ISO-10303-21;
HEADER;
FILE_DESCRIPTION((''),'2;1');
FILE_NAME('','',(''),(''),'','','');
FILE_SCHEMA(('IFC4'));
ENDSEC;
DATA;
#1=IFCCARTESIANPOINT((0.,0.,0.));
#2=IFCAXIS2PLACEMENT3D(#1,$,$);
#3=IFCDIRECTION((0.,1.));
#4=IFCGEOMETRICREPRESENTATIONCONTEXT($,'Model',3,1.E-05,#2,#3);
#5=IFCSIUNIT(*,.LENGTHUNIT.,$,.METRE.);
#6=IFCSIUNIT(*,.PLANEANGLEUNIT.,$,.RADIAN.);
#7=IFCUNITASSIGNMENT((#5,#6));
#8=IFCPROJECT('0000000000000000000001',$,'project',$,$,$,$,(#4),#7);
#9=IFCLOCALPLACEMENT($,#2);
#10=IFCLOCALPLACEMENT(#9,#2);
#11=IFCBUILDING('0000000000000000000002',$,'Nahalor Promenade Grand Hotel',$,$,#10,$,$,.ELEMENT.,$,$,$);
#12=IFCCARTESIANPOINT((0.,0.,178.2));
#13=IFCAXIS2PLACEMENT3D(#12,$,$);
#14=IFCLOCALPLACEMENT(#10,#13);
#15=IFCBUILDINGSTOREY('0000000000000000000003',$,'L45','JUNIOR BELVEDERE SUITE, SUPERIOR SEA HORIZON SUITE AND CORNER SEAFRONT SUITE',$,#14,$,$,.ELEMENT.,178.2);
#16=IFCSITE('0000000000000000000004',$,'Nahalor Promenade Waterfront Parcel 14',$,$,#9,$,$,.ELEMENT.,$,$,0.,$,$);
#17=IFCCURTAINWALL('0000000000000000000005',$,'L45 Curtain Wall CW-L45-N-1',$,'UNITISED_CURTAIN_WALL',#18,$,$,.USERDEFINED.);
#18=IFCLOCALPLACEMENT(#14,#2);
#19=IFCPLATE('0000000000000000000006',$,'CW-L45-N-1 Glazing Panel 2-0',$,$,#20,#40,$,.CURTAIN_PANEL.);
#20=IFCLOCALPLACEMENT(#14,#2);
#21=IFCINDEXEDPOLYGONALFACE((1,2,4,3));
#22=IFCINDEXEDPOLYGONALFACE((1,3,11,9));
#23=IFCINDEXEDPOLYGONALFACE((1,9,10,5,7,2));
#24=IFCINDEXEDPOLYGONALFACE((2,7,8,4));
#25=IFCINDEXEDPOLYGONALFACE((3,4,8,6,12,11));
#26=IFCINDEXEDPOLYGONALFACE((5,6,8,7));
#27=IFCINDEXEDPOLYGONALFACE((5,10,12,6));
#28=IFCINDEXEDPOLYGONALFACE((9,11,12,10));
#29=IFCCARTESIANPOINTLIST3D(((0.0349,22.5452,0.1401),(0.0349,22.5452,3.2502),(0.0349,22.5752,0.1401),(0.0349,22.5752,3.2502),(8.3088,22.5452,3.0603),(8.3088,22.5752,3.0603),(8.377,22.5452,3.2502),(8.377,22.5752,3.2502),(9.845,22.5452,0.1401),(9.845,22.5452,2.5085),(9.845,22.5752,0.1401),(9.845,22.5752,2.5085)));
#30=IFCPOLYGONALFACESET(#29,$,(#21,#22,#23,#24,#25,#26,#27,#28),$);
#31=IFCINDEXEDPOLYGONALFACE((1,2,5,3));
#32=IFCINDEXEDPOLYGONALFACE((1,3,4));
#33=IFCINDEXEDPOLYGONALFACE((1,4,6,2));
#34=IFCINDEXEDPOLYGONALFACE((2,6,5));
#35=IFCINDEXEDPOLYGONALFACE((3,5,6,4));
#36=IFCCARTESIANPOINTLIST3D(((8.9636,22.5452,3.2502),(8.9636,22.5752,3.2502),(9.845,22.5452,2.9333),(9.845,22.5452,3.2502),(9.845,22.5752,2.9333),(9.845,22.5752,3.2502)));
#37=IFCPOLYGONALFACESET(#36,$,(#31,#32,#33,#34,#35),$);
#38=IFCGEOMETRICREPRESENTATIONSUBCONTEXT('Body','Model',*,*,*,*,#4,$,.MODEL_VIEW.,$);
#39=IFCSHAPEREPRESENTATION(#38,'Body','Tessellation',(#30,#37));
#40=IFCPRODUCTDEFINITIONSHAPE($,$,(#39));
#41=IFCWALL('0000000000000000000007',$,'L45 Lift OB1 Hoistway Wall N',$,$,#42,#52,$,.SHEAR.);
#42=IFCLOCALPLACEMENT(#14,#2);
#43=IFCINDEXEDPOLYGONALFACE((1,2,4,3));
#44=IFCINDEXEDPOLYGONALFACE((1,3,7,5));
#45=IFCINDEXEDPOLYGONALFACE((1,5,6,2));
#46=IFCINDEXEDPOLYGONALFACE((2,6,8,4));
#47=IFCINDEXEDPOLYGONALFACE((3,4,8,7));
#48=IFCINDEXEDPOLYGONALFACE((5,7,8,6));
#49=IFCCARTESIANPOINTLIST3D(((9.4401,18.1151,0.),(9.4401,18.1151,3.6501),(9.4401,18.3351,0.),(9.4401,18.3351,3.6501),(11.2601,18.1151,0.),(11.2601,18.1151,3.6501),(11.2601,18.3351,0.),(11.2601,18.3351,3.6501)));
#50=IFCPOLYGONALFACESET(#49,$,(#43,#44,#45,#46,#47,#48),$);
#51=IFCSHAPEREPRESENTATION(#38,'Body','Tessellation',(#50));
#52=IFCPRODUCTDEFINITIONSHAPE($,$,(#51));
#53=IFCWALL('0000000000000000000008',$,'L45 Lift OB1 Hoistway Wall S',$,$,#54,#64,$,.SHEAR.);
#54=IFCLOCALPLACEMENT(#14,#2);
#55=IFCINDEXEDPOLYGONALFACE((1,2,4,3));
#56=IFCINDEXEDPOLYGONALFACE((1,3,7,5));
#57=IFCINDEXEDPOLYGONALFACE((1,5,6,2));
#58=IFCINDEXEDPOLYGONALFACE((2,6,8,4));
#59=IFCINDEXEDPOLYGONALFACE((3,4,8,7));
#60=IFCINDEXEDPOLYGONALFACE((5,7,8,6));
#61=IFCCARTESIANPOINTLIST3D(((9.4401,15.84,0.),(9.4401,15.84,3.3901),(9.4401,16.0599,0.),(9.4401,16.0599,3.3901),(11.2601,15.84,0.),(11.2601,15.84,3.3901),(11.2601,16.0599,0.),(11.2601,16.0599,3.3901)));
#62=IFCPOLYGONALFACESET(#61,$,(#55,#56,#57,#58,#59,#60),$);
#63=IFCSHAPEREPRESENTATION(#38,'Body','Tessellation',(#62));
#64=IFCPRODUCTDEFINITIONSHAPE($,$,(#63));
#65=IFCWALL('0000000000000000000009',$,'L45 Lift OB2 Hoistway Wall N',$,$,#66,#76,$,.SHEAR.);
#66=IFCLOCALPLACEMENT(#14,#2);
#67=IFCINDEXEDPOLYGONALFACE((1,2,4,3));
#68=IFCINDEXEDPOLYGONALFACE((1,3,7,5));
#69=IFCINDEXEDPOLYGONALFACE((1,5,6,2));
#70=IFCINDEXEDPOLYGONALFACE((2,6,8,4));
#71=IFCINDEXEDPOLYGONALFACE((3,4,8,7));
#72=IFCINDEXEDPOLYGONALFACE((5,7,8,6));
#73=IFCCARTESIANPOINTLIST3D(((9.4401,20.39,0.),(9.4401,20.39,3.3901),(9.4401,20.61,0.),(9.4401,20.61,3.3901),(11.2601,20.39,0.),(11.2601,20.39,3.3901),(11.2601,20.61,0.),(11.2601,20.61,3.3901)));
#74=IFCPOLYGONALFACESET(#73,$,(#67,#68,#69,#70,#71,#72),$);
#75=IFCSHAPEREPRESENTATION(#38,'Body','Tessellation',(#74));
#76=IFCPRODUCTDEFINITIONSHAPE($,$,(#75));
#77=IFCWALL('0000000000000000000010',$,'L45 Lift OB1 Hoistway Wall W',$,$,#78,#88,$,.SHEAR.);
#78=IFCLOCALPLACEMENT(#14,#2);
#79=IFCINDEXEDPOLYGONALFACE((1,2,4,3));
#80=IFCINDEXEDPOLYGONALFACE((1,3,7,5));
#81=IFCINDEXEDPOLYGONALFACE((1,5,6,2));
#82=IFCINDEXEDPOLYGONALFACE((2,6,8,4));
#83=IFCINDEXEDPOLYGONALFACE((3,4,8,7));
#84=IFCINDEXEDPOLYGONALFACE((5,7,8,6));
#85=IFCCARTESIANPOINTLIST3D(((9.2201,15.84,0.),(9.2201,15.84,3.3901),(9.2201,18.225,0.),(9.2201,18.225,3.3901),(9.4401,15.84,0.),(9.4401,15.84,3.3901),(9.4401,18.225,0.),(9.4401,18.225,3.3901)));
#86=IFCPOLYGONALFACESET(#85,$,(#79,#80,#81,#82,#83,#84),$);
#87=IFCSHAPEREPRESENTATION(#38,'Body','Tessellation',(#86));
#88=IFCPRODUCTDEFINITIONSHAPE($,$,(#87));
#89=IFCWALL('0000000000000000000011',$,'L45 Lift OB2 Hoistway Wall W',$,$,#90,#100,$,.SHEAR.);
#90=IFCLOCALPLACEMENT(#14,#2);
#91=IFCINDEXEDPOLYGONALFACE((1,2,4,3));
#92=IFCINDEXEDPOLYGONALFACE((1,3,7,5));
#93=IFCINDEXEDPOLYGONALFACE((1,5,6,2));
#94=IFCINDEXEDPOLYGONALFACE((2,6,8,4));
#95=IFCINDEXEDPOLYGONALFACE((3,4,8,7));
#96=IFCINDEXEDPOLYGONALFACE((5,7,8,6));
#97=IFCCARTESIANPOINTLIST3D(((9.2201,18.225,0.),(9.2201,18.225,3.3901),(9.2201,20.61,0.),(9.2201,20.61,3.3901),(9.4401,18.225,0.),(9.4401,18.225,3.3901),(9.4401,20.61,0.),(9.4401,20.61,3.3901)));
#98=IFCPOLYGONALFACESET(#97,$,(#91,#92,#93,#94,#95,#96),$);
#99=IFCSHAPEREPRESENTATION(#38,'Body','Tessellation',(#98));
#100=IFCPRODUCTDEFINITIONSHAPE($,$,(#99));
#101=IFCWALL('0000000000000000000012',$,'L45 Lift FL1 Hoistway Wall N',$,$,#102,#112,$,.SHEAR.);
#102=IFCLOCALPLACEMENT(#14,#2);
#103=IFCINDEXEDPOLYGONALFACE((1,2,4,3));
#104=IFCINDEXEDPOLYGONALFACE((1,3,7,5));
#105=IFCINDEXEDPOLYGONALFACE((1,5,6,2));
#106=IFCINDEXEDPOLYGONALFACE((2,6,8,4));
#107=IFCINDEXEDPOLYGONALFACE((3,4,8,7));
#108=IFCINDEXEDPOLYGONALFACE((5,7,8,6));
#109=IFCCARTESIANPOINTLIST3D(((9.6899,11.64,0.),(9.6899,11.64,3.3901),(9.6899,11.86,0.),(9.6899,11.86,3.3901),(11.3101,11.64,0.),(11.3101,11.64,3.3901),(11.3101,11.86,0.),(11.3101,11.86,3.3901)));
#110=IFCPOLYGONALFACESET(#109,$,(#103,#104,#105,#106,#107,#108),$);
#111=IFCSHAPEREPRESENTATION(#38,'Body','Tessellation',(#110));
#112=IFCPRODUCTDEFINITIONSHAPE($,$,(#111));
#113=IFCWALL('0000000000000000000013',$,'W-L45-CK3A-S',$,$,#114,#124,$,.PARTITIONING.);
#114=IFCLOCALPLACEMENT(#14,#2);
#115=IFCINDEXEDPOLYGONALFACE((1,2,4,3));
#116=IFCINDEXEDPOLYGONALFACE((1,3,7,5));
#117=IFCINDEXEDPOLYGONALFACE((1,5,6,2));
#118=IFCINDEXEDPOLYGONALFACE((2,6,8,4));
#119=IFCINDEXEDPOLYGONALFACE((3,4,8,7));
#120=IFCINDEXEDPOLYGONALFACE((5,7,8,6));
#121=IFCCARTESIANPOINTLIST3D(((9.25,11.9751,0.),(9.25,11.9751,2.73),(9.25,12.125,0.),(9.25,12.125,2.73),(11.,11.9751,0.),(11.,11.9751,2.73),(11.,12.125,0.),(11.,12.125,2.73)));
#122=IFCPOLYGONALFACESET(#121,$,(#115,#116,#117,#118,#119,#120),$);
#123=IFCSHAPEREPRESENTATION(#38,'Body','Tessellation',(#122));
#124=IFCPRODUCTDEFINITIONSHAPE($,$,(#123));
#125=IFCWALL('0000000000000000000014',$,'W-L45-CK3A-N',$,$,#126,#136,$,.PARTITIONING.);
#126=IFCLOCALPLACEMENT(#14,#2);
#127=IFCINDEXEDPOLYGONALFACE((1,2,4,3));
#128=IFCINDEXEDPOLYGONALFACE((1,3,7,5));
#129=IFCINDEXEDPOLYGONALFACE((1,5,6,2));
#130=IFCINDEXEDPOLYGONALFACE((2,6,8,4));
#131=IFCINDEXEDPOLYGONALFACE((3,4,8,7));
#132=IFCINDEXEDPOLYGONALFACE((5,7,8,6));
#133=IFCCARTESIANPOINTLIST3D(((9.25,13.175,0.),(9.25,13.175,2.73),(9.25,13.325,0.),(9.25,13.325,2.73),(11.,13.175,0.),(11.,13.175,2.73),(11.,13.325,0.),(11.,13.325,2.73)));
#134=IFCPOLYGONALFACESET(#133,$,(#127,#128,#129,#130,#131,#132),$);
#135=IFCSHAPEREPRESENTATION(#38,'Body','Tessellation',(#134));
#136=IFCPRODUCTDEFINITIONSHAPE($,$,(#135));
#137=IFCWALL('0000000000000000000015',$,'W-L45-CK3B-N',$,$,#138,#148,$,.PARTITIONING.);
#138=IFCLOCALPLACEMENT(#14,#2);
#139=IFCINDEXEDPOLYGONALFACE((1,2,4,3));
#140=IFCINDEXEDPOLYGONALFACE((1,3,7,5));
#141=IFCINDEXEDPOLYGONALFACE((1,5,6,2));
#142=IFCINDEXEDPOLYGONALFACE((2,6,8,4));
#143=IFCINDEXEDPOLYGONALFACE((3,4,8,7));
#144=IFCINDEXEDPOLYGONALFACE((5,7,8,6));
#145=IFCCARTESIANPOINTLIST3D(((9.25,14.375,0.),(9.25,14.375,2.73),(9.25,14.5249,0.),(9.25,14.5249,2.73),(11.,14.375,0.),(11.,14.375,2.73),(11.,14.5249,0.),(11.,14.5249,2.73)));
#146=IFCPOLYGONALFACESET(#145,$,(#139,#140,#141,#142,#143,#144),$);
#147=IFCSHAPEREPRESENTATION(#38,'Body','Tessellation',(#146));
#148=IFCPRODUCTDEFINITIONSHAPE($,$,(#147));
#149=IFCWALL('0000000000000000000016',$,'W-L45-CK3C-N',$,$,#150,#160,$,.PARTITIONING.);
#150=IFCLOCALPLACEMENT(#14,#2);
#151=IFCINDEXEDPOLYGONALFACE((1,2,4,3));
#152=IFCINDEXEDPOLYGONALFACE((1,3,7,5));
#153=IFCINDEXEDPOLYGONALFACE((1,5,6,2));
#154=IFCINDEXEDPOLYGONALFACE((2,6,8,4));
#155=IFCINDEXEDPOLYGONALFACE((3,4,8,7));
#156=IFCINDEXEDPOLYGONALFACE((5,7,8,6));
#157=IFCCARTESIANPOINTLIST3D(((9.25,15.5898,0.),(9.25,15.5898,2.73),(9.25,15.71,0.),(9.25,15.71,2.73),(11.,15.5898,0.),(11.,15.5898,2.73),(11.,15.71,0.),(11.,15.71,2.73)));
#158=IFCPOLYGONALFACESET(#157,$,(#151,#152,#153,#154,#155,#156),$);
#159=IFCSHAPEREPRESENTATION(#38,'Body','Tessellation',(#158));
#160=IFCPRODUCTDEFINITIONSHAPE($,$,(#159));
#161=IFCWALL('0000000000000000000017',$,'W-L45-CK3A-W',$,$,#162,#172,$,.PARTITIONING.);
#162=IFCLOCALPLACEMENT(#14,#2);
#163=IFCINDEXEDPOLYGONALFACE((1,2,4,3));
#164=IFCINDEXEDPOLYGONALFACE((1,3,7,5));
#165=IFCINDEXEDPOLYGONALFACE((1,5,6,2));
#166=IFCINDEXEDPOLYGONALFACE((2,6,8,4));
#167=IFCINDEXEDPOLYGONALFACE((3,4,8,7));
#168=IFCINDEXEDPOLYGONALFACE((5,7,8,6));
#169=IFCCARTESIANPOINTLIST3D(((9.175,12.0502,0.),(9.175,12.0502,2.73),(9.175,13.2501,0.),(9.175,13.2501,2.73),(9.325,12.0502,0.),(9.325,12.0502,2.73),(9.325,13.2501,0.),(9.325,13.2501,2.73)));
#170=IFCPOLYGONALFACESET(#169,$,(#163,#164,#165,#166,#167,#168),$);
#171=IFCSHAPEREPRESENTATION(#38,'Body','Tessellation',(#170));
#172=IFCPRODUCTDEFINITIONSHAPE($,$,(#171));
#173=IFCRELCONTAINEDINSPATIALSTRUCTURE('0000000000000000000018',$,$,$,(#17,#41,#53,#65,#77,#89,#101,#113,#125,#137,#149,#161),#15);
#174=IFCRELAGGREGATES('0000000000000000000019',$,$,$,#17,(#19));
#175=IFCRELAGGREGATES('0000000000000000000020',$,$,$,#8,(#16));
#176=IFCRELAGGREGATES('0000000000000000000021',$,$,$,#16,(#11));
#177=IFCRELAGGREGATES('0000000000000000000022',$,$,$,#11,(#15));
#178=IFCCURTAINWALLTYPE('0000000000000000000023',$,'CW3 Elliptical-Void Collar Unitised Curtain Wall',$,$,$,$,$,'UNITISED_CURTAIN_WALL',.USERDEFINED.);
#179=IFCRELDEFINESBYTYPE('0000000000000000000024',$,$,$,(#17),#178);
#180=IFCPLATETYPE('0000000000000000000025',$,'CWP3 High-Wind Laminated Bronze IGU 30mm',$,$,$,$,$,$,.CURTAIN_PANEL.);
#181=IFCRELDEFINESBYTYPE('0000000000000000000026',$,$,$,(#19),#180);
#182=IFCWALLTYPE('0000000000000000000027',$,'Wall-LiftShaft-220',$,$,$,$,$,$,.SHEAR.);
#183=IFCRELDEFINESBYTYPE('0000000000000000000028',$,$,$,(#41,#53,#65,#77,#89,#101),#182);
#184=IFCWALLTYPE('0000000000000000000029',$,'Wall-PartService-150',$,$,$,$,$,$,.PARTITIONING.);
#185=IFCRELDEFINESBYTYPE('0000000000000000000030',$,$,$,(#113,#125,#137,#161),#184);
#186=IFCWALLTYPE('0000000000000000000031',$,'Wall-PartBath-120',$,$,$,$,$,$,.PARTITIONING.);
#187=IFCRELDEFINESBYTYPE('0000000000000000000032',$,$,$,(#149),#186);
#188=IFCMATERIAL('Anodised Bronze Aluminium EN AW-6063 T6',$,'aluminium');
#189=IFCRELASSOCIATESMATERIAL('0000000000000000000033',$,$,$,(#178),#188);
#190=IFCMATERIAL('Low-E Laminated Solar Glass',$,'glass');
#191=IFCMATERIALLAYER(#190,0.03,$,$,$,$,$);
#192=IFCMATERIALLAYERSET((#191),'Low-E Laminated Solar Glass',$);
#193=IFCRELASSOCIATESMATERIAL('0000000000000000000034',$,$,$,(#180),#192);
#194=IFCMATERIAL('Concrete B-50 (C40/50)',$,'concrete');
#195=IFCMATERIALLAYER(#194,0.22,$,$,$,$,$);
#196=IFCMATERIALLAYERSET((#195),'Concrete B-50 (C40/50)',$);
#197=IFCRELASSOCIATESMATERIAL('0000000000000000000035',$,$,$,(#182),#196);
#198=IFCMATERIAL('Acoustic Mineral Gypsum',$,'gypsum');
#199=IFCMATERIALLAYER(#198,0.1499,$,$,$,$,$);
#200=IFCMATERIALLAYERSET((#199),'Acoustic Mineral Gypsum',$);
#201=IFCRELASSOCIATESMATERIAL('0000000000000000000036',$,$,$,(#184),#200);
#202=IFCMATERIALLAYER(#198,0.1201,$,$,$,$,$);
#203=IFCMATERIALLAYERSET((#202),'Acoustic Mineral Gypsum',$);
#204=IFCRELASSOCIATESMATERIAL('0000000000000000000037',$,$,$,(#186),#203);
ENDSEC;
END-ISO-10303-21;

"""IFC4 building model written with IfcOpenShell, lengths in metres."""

from ifc_helpers import new_model, si_unit, direction, frame, frame_2d, origin, place, context, subcontext, project, spatial, polyline, rectangle, outline, extrude, source, transform, mapped, material, layer, layer_set, type_object, element, aggregate, save


model = new_model("IFC4")

# Units and contexts
model_context = context("Model", 3, precision=1e-05, world=origin(), true_north=direction((0.0, 1.0)))
body_context = subcontext(model_context, "Body", "Model", "MODEL_VIEW")
ifc_project = project(units=[si_unit("LENGTHUNIT", "METRE"), si_unit("PLANEANGLEUNIT", "RADIAN")], contexts=[model_context])

# Site, building, storey
site_placement = place(None, origin())
site = spatial("IfcSite", under=ifc_project, at=site_placement, Name="Nahalor Promenade Waterfront Parcel 14", CompositionType="ELEMENT", RefElevation=0.0)
building_placement = place(site_placement, origin())
building = spatial("IfcBuilding", under=site, at=building_placement, Name="Nahalor Promenade Grand Hotel", CompositionType="ELEMENT")
storey_placement = place(building_placement, frame((0.0, 0.0, 178.2)))
storey = spatial("IfcBuildingStorey", under=building, at=storey_placement, Name="L45", Description="JUNIOR BELVEDERE SUITE, SUPERIOR SEA HORIZON SUITE AND CORNER SEAFRONT SUITE", CompositionType="ELEMENT", Elevation=178.2)

# Curtain wall, plate
ifc_material_1 = material(Name="Anodised Bronze Aluminium EN AW-6063 T6", Category="aluminium")
curtain_wall_type = type_object("IfcCurtainWallType", Name="CW3 Elliptical-Void Collar Unitised Curtain Wall", ElementType="UNITISED_CURTAIN_WALL", PredefinedType="USERDEFINED", material=ifc_material_1)
curtain_wall_placement = place(storey_placement, origin())
curtain_wall = element("IfcCurtainWall", 1, at=curtain_wall_placement, inside=storey, type_object=curtain_wall_type, Name="L45 Curtain Wall CW-L45-N-1", ObjectType="UNITISED_CURTAIN_WALL", PredefinedType="USERDEFINED")
ifc_material_2 = material(Name="Low-E Laminated Solar Glass", Category="glass")
ifc_layer_1 = layer(ifc_material_2, 0.03)
ifc_layer_set_1 = layer_set([ifc_layer_1], Name="Low-E Laminated Solar Glass")
plate_type = type_object("IfcPlateType", Name="CWP3 High-Wind Laminated Bronze IGU 30mm", PredefinedType="CURTAIN_PANEL", material=ifc_layer_set_1)
plate_placement = place(storey_placement, frame((4.9399, 22.5601, 0.1401), z_axis=(0.0, 0.0, 1.0), x_axis=(1.0, 0.0, 0.0)))
plate = element("IfcPlate", 2, at=plate_placement, type_object=plate_type, Name="CW-L45-N-1 Glazing Panel 2-0", PredefinedType="CURTAIN_PANEL", context=body_context, shape_type="SweptSolid", body=[
    extrude(outline(polyline([(-4.905, 0.0), (4.905, 0.0), (4.905, 2.3684), (3.3689, 2.9202), (3.437, 3.1101), (-4.905, 3.1101), (-4.905, 0.0)])), frame((0.0, 0.0151, 0.0), z_axis=(0.0, -1.0, 0.0), x_axis=(1.0, 0.0, 0.0)), (0.0, 0.0, 1.0), 0.03),
    extrude(outline(polyline([(4.905, 2.7932), (4.905, 3.1101), (4.0237, 3.1101), (4.905, 2.7932)])), frame((0.0, 0.0151, 0.0), z_axis=(0.0, -1.0, 0.0), x_axis=(1.0, 0.0, 0.0)), (0.0, 0.0, 1.0), 0.03),
])
aggregate(curtain_wall, [plate])

# Walls
ifc_material_3 = material(Name="Concrete B-50 (C40/50)", Category="concrete")
ifc_layer_2 = layer(ifc_material_3, 0.22)
ifc_layer_set_2 = layer_set([ifc_layer_2], Name="Concrete B-50 (C40/50)")
wall_type_1 = type_object("IfcWallType", Name="Wall-LiftShaft-220", PredefinedType="SHEAR", material=ifc_layer_set_2)
shared_shape_1 = source(origin(), body_context, "Body", "SweptSolid", [
    extrude(rectangle(XDim=1.8201, YDim=0.22, at=frame_2d((0.9102, 0.0))), origin(), (0.0, 0.0, 1.0), 3.6501),
])
wall_1_placement = place(storey_placement, frame((9.4399, 18.2251, 0.0), z_axis=(0.0, 0.0, 1.0), x_axis=(1.0, 0.0, 0.0)))
element("IfcWall", 3, at=wall_1_placement, inside=storey, type_object=wall_type_1, Name="L45 Lift OB1 Hoistway Wall N", PredefinedType="SHEAR", context=body_context, shape_type="MappedRepresentation", body=[
    mapped(shared_shape_1, transform((0.0, 0.0, 0.0), scale=1.0)),
])
shared_shape_2 = source(origin(), body_context, "Body", "SweptSolid", [
    extrude(rectangle(XDim=1.8201, YDim=0.22, at=frame_2d((0.9102, 0.0))), origin(), (0.0, 0.0, 1.0), 3.3901),
])
for number, where, z_axis, x_axis, name in (
    (4, (9.4399, 15.95, 0.0), (0.0, 0.0, 1.0), (1.0, 0.0, 0.0), "L45 Lift OB1 Hoistway Wall S"),
    (5, (9.4399, 20.5, 0.0), (0.0, 0.0, 1.0), (1.0, 0.0, 0.0), "L45 Lift OB2 Hoistway Wall N"),
):
    element("IfcWall", number, at=place(storey_placement, frame(where, z_axis=z_axis, x_axis=x_axis)), inside=storey, type_object=wall_type_1, Name=name, PredefinedType="SHEAR", context=body_context, shape_type="MappedRepresentation", body=[
        mapped(shared_shape_2, transform((0.0, 0.0, 0.0), scale=1.0)),
    ])
shared_shape_3 = source(origin(), body_context, "Body", "SweptSolid", [
    extrude(rectangle(XDim=2.385, YDim=0.22, at=frame_2d((1.1924, 0.0))), origin(), (0.0, 0.0, 1.0), 3.3901),
])
for number, where, z_axis, x_axis, name in (
    (6, (9.3301, 15.8401, 0.0), (0.0, 0.0, 1.0), (0.0, 1.0, 0.0), "L45 Lift OB1 Hoistway Wall W"),
    (7, (9.3301, 18.2251, 0.0), (0.0, 0.0, 1.0), (0.0, 1.0, 0.0), "L45 Lift OB2 Hoistway Wall W"),
):
    element("IfcWall", number, at=place(storey_placement, frame(where, z_axis=z_axis, x_axis=x_axis)), inside=storey, type_object=wall_type_1, Name=name, PredefinedType="SHEAR", context=body_context, shape_type="MappedRepresentation", body=[
        mapped(shared_shape_3, transform((0.0, 0.0, 0.0), scale=1.0)),
    ])
shared_shape_4 = source(origin(), body_context, "Body", "SweptSolid", [
    extrude(rectangle(XDim=1.6201, YDim=0.22, at=frame_2d((0.8101, 0.0))), origin(), (0.0, 0.0, 1.0), 3.3901),
])
wall_2_placement = place(storey_placement, frame((9.6899, 11.75, 0.0), z_axis=(0.0, 0.0, 1.0), x_axis=(1.0, 0.0, 0.0)))
element("IfcWall", 8, at=wall_2_placement, inside=storey, type_object=wall_type_1, Name="L45 Lift FL1 Hoistway Wall N", PredefinedType="SHEAR", context=body_context, shape_type="MappedRepresentation", body=[
    mapped(shared_shape_4, transform((0.0, 0.0, 0.0), scale=1.0)),
])
ifc_material_4 = material(Name="Acoustic Mineral Gypsum", Category="gypsum")
ifc_layer_3 = layer(ifc_material_4, 0.1499)
ifc_layer_set_3 = layer_set([ifc_layer_3], Name="Acoustic Mineral Gypsum")
wall_type_2 = type_object("IfcWallType", Name="Wall-PartService-150", PredefinedType="PARTITIONING", material=ifc_layer_set_3)
shared_shape_5 = source(origin(), body_context, "Body", "SweptSolid", [
    extrude(rectangle(XDim=1.75, YDim=0.1499, at=frame_2d((0.875, 0.0))), origin(), (0.0, 0.0, 1.0), 2.73),
])
for number, where, z_axis, x_axis, name in (
    (9, (9.25, 12.05, 0.0), (0.0, 0.0, 1.0), (1.0, 0.0, 0.0), "W-L45-CK3A-S"),
    (10, (9.25, 13.25, 0.0), (0.0, 0.0, 1.0), (1.0, 0.0, 0.0), "W-L45-CK3A-N"),
    (11, (9.25, 14.45, 0.0), (0.0, 0.0, 1.0), (1.0, 0.0, 0.0), "W-L45-CK3B-N"),
):
    element("IfcWall", number, at=place(storey_placement, frame(where, z_axis=z_axis, x_axis=x_axis)), inside=storey, type_object=wall_type_2, Name=name, PredefinedType="PARTITIONING", context=body_context, shape_type="MappedRepresentation", body=[
        mapped(shared_shape_5, transform((0.0, 0.0, 0.0), scale=1.0)),
    ])
ifc_layer_4 = layer(ifc_material_4, 0.1201)
ifc_layer_set_4 = layer_set([ifc_layer_4], Name="Acoustic Mineral Gypsum")
wall_type_3 = type_object("IfcWallType", Name="Wall-PartBath-120", PredefinedType="PARTITIONING", material=ifc_layer_set_4)
shared_shape_6 = source(origin(), body_context, "Body", "SweptSolid", [
    extrude(rectangle(XDim=1.75, YDim=0.1201, at=frame_2d((0.875, 0.0))), origin(), (0.0, 0.0, 1.0), 2.73),
])
wall_3_placement = place(storey_placement, frame((9.25, 15.6499, 0.0), z_axis=(0.0, 0.0, 1.0), x_axis=(1.0, 0.0, 0.0)))
element("IfcWall", 12, at=wall_3_placement, inside=storey, type_object=wall_type_3, Name="W-L45-CK3C-N", PredefinedType="PARTITIONING", context=body_context, shape_type="MappedRepresentation", body=[
    mapped(shared_shape_6, transform((0.0, 0.0, 0.0), scale=1.0)),
])
shared_shape_7 = source(origin(), body_context, "Body", "SweptSolid", [
    extrude(rectangle(XDim=1.2, YDim=0.1499, at=frame_2d((0.6001, 0.0))), origin(), (0.0, 0.0, 1.0), 2.73),
])
wall_4_placement = place(storey_placement, frame((9.25, 12.05, 0.0), z_axis=(0.0, 0.0, 1.0), x_axis=(0.0, 1.0, 0.0)))
element("IfcWall", 13, at=wall_4_placement, inside=storey, type_object=wall_type_2, Name="W-L45-CK3A-W", PredefinedType="PARTITIONING", context=body_context, shape_type="MappedRepresentation", body=[
    mapped(shared_shape_7, transform((0.0, 0.0, 0.0), scale=1.0)),
])

save(model, "model.ifc")
